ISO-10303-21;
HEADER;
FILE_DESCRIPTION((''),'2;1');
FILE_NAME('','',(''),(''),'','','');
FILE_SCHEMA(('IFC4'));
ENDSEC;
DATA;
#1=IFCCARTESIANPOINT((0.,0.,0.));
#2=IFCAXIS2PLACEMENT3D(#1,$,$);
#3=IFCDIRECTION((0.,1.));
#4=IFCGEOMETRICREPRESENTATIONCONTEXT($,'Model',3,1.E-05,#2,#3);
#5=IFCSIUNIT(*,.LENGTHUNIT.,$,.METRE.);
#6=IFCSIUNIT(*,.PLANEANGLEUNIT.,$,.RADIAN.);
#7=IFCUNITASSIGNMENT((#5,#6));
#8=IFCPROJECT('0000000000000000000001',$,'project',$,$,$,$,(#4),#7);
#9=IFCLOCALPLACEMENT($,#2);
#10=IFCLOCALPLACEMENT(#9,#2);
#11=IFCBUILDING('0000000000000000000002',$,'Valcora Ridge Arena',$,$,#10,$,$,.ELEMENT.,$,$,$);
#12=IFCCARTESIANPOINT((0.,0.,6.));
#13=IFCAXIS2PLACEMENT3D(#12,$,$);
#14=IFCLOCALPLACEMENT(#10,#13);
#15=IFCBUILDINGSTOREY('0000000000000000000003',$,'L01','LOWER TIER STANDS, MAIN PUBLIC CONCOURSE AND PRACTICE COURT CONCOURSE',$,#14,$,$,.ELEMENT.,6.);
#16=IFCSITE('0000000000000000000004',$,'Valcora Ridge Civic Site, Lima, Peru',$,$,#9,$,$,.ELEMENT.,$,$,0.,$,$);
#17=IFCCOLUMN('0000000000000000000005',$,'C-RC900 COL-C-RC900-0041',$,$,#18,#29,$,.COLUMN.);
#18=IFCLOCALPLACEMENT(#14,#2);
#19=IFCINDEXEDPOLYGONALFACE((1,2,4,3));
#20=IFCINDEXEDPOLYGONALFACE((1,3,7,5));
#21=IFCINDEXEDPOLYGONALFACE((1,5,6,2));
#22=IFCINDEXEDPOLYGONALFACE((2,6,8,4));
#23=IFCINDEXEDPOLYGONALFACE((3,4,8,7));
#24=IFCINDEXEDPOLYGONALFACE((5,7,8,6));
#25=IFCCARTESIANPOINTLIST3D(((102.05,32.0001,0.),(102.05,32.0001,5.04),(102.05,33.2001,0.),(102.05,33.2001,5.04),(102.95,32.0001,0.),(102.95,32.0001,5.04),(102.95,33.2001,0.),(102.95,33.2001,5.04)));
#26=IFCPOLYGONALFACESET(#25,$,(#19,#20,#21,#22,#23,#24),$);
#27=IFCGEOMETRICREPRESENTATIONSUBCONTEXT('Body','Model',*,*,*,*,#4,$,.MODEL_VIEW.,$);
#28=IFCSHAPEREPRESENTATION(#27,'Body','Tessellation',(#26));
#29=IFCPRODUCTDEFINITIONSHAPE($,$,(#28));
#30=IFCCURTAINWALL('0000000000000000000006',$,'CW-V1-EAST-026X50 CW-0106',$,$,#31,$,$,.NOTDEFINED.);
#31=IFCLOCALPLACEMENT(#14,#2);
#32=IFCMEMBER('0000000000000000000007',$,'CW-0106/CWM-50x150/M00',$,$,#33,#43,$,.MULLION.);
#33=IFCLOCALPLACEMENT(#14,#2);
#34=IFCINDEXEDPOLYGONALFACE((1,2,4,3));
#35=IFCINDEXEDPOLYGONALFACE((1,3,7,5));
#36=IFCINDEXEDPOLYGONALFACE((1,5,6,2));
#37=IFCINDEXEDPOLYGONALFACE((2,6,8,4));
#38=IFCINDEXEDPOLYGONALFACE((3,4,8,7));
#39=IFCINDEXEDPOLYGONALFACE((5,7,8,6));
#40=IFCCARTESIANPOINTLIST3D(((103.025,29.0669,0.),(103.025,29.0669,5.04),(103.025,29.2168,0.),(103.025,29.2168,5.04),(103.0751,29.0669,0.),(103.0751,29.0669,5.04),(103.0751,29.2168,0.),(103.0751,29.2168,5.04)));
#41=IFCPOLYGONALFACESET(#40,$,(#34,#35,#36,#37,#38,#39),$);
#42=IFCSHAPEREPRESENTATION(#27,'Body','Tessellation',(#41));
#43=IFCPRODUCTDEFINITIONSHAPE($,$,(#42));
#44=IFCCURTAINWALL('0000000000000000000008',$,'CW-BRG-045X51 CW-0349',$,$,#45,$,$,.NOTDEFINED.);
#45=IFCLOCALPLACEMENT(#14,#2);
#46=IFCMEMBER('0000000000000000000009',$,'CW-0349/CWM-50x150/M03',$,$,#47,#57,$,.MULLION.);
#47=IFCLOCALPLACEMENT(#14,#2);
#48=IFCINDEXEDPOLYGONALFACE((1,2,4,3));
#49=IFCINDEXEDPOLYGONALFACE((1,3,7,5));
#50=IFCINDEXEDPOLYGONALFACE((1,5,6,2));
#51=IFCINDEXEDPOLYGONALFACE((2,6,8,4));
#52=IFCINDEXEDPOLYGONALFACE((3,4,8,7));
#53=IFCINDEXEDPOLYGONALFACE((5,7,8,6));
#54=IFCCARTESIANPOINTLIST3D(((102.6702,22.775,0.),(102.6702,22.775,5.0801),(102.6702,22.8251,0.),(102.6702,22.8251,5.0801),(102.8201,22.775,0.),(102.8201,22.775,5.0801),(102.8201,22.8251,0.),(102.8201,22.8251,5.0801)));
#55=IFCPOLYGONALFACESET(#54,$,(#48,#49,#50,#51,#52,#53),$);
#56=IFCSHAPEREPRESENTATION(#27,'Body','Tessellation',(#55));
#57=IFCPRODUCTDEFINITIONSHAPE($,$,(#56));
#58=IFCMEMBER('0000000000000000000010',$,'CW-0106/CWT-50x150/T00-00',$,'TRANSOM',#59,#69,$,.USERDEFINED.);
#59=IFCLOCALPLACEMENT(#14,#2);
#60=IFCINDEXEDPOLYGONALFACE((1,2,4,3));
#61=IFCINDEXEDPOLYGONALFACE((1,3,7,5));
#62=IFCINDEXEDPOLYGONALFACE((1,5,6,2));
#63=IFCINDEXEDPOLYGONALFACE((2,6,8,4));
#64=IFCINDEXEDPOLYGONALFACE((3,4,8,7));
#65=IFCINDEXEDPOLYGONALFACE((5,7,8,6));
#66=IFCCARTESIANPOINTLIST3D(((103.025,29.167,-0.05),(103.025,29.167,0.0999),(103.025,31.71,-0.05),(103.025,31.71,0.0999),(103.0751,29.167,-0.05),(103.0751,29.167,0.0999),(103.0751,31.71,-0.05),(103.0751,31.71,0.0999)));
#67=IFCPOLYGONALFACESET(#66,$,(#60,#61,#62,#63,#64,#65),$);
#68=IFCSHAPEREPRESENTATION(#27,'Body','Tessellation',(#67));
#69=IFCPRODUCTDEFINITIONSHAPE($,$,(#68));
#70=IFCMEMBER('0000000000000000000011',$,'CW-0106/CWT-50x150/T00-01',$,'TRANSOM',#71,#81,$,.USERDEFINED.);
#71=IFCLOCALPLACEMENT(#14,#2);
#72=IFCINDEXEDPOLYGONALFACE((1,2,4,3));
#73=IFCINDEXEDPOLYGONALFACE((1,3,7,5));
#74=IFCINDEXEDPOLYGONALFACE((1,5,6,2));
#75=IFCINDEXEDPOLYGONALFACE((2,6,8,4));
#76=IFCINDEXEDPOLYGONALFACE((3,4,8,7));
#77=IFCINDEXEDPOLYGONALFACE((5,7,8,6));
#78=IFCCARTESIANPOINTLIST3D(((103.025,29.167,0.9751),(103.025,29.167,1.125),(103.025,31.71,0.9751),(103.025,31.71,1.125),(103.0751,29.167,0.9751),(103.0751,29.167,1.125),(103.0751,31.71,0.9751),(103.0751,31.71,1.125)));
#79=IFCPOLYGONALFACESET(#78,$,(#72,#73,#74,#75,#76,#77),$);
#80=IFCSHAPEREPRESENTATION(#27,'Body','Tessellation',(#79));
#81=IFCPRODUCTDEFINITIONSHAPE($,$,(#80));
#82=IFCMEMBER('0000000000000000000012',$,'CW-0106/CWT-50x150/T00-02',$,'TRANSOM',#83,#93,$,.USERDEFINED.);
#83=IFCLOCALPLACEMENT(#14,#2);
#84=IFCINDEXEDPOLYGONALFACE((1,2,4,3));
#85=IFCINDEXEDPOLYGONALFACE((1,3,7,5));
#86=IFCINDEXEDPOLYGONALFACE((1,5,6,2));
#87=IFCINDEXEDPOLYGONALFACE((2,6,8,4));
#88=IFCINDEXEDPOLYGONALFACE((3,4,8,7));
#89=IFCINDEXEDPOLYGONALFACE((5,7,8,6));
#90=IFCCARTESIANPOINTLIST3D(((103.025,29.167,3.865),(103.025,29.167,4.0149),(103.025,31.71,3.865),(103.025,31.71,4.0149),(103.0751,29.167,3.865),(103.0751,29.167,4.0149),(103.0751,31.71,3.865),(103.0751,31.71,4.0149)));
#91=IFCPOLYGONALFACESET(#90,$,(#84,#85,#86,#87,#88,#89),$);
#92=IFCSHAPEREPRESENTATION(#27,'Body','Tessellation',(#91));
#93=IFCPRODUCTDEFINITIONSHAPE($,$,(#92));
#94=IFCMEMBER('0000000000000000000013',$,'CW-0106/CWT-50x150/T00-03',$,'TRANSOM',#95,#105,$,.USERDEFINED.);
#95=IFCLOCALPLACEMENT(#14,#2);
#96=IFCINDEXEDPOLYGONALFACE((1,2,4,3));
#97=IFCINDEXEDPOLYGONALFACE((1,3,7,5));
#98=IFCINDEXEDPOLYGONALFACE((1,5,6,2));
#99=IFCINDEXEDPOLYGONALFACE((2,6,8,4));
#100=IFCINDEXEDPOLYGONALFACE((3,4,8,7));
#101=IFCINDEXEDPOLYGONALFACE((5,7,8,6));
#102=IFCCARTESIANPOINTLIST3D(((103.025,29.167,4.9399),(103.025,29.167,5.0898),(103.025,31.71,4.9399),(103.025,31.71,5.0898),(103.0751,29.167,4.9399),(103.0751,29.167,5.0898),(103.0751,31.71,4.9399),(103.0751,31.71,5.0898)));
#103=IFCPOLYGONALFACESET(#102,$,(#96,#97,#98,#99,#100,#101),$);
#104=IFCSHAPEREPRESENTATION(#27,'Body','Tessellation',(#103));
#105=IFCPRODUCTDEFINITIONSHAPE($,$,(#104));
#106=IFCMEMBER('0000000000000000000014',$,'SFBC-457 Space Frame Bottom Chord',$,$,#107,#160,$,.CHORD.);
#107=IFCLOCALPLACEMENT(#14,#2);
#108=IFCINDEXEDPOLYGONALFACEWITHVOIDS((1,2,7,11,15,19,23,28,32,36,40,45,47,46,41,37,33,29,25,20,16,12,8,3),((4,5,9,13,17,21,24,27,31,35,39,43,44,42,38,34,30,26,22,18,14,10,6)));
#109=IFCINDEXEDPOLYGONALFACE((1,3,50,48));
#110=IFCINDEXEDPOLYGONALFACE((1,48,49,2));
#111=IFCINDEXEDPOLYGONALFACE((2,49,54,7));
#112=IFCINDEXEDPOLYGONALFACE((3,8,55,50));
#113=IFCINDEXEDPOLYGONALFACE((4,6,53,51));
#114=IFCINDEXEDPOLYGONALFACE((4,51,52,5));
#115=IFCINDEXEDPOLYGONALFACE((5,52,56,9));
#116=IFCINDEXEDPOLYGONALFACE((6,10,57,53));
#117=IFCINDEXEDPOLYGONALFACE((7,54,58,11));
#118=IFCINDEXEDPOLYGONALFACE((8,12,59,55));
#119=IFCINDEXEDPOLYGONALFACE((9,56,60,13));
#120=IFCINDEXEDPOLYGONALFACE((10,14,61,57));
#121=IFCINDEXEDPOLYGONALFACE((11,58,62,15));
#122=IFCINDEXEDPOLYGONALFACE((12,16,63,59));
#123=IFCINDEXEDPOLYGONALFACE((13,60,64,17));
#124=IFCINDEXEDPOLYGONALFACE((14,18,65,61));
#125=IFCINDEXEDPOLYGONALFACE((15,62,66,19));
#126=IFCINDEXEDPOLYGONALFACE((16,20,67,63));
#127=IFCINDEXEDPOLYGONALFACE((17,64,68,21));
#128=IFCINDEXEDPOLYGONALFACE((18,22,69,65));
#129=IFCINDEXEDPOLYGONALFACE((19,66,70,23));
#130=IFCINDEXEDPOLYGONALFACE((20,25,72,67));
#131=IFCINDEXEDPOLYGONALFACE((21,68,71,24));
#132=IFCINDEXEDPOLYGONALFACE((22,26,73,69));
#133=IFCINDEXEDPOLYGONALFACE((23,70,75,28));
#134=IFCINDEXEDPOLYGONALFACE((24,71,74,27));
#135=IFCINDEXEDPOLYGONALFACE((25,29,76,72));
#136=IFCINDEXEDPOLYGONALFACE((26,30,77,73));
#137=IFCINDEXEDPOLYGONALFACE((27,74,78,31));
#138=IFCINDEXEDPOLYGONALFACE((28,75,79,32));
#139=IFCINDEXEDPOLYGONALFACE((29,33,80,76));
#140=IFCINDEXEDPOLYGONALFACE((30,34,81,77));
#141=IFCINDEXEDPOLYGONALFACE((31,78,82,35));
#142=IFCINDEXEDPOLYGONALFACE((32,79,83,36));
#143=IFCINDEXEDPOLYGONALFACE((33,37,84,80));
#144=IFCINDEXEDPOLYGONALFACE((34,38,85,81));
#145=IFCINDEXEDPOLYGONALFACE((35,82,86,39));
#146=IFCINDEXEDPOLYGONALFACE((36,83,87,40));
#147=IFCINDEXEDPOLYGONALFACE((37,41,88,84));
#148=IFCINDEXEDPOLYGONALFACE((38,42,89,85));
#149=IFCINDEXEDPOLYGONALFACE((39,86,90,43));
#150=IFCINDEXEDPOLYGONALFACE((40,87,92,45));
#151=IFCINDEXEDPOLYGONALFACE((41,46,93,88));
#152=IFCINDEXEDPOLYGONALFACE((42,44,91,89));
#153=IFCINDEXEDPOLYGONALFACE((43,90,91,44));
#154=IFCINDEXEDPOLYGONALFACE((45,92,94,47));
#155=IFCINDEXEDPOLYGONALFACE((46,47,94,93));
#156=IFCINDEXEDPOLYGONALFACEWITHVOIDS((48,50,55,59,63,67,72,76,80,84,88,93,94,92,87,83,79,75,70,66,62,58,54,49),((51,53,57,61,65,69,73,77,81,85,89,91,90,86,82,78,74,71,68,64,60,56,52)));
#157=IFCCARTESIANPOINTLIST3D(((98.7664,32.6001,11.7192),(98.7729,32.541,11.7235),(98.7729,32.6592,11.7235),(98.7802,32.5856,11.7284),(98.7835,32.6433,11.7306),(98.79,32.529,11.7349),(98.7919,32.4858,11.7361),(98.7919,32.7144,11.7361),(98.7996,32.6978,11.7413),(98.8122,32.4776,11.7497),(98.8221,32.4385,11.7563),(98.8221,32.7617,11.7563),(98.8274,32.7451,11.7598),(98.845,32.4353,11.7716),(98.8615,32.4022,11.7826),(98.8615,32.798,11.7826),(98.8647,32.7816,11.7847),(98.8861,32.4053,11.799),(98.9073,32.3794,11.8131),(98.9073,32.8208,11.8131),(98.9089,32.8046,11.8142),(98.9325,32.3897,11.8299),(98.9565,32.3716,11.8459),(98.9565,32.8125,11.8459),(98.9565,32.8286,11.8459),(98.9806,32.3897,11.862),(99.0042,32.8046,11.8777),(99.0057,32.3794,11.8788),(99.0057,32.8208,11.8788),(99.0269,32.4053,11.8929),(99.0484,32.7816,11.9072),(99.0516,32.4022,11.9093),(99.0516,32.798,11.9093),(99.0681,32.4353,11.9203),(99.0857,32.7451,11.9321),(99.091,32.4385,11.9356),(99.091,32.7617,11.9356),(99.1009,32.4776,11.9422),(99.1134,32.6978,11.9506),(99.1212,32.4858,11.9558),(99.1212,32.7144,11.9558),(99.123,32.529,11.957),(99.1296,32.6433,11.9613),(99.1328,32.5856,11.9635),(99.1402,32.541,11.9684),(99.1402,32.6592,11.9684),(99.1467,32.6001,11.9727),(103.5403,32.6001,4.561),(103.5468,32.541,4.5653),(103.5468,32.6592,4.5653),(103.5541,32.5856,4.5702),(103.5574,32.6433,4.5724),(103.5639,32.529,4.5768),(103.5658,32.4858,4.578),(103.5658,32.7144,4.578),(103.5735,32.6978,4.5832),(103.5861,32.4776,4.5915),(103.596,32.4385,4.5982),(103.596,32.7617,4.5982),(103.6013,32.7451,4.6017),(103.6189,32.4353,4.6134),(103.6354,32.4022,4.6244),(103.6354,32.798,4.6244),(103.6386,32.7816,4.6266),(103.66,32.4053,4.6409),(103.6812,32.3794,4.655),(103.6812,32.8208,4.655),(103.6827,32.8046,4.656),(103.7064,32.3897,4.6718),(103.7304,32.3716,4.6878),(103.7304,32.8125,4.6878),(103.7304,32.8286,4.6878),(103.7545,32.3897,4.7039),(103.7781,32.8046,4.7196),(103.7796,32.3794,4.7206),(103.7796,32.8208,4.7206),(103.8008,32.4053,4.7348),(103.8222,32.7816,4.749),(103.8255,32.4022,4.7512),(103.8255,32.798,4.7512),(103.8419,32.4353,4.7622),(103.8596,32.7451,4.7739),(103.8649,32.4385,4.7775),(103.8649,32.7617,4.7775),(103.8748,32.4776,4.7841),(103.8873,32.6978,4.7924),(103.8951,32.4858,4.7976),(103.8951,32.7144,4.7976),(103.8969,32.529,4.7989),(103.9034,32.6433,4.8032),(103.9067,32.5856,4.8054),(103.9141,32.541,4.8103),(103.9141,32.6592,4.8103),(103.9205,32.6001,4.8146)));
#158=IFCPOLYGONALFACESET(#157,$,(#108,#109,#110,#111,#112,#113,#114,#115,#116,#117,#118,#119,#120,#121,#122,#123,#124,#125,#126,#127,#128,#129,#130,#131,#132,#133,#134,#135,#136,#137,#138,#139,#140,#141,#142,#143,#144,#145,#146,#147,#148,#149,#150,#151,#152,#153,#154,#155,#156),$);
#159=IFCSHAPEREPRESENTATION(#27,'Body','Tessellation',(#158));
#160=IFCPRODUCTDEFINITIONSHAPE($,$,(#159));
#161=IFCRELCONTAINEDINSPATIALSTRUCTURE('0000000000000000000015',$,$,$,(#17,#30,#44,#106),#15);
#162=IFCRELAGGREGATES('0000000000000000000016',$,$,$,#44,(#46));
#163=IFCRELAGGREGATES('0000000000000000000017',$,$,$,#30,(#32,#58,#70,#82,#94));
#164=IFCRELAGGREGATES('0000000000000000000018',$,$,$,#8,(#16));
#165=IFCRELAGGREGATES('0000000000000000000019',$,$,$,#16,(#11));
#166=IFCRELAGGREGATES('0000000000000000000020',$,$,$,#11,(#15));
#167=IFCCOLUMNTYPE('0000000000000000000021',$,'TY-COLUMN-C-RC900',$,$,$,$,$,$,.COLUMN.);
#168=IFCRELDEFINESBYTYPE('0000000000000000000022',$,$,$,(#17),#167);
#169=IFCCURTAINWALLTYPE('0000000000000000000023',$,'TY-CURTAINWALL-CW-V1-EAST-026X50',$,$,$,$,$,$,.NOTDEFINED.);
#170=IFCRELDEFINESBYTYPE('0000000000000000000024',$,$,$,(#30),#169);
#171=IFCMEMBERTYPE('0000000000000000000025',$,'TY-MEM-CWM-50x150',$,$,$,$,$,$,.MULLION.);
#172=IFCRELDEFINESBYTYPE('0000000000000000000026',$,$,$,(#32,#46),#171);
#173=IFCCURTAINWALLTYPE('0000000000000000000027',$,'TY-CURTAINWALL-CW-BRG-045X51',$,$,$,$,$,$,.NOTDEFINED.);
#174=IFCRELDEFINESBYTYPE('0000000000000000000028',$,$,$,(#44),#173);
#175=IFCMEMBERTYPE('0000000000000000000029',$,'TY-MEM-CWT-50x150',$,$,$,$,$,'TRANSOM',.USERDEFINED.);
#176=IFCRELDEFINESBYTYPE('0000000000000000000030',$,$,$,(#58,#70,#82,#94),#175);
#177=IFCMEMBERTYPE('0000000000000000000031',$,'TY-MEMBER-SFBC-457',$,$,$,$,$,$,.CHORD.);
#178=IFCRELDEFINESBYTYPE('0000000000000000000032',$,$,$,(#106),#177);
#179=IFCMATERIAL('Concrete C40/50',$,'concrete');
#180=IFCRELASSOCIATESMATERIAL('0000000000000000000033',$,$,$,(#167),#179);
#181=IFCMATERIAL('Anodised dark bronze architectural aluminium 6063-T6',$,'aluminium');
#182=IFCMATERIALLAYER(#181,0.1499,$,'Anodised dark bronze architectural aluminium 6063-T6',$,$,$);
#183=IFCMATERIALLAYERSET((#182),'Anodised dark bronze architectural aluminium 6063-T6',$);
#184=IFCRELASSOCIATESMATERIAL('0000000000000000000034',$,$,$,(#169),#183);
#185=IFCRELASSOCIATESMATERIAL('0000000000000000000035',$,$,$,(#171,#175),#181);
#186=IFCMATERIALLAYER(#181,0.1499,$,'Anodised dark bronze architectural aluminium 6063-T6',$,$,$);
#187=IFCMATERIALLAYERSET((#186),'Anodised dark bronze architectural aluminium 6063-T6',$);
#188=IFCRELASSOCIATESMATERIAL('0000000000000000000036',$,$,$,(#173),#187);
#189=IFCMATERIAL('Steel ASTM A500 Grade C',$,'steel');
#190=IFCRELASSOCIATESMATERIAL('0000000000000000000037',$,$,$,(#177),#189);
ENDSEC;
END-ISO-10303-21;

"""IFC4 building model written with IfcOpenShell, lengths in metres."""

from ifc_helpers import new_model, si_unit, direction, frame, origin, origin_2d, place, context, subcontext, project, spatial, rectangle, hollow_circle, extrude, material, layer, layer_set, material_profile, profile_set, type_object, element, aggregate, save


model = new_model("IFC4")

# Units and contexts
model_context = context("Model", 3, precision=1e-05, world=origin(), true_north=direction((0.0, 1.0)))
body_context = subcontext(model_context, "Body", "Model", "MODEL_VIEW")
ifc_project = project(units=[si_unit("LENGTHUNIT", "METRE"), si_unit("PLANEANGLEUNIT", "RADIAN")], contexts=[model_context])

# Site, building, storey
site_placement = place(None, origin())
site = spatial("IfcSite", under=ifc_project, at=site_placement, Name="Valcora Ridge Civic Site, Lima, Peru", CompositionType="ELEMENT", RefElevation=0.0)
building_placement = place(site_placement, origin())
building = spatial("IfcBuilding", under=site, at=building_placement, Name="Valcora Ridge Arena", CompositionType="ELEMENT")
storey_placement = place(building_placement, frame((0.0, 0.0, 6.0)))
storey = spatial("IfcBuildingStorey", under=building, at=storey_placement, Name="L01", Description="LOWER TIER STANDS, MAIN PUBLIC CONCOURSE AND PRACTICE COURT CONCOURSE", CompositionType="ELEMENT", Elevation=6.0)

# Column
ifc_material_1 = material(Name="Concrete C40/50", Category="concrete")
ifc_material_profile_1 = material_profile(ifc_material_1, rectangle(XDim=0.8999, YDim=1.2, at=origin_2d()), Name="RC 900x1200")
ifc_profile_set_1 = profile_set([ifc_material_profile_1], Name="Concrete C40/50")
column_type = type_object("IfcColumnType", Name="TY-COLUMN-C-RC900", PredefinedType="COLUMN", material=ifc_profile_set_1)
column_placement = place(storey_placement, frame((102.5, 32.6001, 0.0), z_axis=(0.0, 0.0, 1.0), x_axis=(1.0, 0.0, 0.0)))
element("IfcColumn", 1, at=column_placement, inside=storey, type_object=column_type, Name="C-RC900 COL-C-RC900-0041", PredefinedType="COLUMN", context=body_context, shape_type="SweptSolid", body=[
    extrude(rectangle(XDim=0.8999, YDim=1.2, at=origin_2d()), origin(), (0.0, 0.0, 1.0), 5.04),
])

# Curtain walls, members
ifc_material_2 = material(Name="Anodised dark bronze architectural aluminium 6063-T6", Category="aluminium")
ifc_layer_1 = layer(ifc_material_2, 0.1499, Name="Anodised dark bronze architectural aluminium 6063-T6")
ifc_layer_set_1 = layer_set([ifc_layer_1], Name="Anodised dark bronze architectural aluminium 6063-T6")
curtain_wall_type_1 = type_object("IfcCurtainWallType", Name="TY-CURTAINWALL-CW-V1-EAST-026X50", PredefinedType="NOTDEFINED", material=ifc_layer_set_1)
curtain_wall_1_placement = place(storey_placement, origin())
curtain_wall_1 = element("IfcCurtainWall", 2, at=curtain_wall_1_placement, inside=storey, type_object=curtain_wall_type_1, Name="CW-V1-EAST-026X50 CW-0106", PredefinedType="NOTDEFINED")
ifc_material_profile_2 = material_profile(ifc_material_2, rectangle(XDim=0.05, YDim=0.1499, at=origin_2d()), Name="ALU MULLION 50x150")
ifc_profile_set_2 = profile_set([ifc_material_profile_2], Name="Anodised dark bronze architectural aluminium 6063-T6")
member_type_1 = type_object("IfcMemberType", Name="TY-MEM-CWM-50x150", PredefinedType="MULLION", material=ifc_profile_set_2)
member_1_placement = place(storey_placement, frame((103.05, 29.1418, 0.0), z_axis=(0.0, 0.0, 1.0), x_axis=(-1.0, 0.0, 0.0)))
member_1 = element("IfcMember", 3, at=member_1_placement, type_object=member_type_1, Name="CW-0106/CWM-50x150/M00", PredefinedType="MULLION", context=body_context, shape_type="SweptSolid", body=[
    extrude(rectangle(XDim=0.05, YDim=0.1499, at=origin_2d()), origin(), (0.0, 0.0, 1.0), 5.04),
])
ifc_layer_2 = layer(ifc_material_2, 0.1499, Name="Anodised dark bronze architectural aluminium 6063-T6")
ifc_layer_set_2 = layer_set([ifc_layer_2], Name="Anodised dark bronze architectural aluminium 6063-T6")
curtain_wall_type_2 = type_object("IfcCurtainWallType", Name="TY-CURTAINWALL-CW-BRG-045X51", PredefinedType="NOTDEFINED", material=ifc_layer_set_2)
curtain_wall_2_placement = place(storey_placement, origin())
curtain_wall_2 = element("IfcCurtainWall", 4, at=curtain_wall_2_placement, inside=storey, type_object=curtain_wall_type_2, Name="CW-BRG-045X51 CW-0349", PredefinedType="NOTDEFINED")
member_2_placement = place(storey_placement, frame((102.7451, 22.8, 0.0), z_axis=(0.0, 0.0, 1.0), x_axis=(0.0, 1.0, 0.0)))
member_2 = element("IfcMember", 5, at=member_2_placement, type_object=member_type_1, Name="CW-0349/CWM-50x150/M03", PredefinedType="MULLION", context=body_context, shape_type="SweptSolid", body=[
    extrude(rectangle(XDim=0.05, YDim=0.1499, at=origin_2d()), origin(), (0.0, 0.0, 1.0), 5.0801),
])

# Members
ifc_material_profile_3 = material_profile(ifc_material_2, rectangle(XDim=0.05, YDim=0.1499, at=origin_2d()), Name="ALU TRANSOM 50x150")
ifc_profile_set_3 = profile_set([ifc_material_profile_3], Name="Anodised dark bronze architectural aluminium 6063-T6")
member_type_2 = type_object("IfcMemberType", Name="TY-MEM-CWT-50x150", ElementType="TRANSOM", PredefinedType="USERDEFINED", material=ifc_profile_set_3)
member_3_placement = place(storey_placement, frame((103.05, 29.167, 0.0249), z_axis=(0.0, 1.0, 0.0), x_axis=(-1.0, 0.0, 0.0)))
member_3 = element("IfcMember", 6, at=member_3_placement, type_object=member_type_2, Name="CW-0106/CWT-50x150/T00-00", ObjectType="TRANSOM", PredefinedType="USERDEFINED", context=body_context, shape_type="SweptSolid", body=[
    extrude(rectangle(XDim=0.05, YDim=0.1499, at=origin_2d()), origin(), (0.0, 0.0, 1.0), 2.543),
])
member_4_placement = place(storey_placement, frame((103.05, 29.167, 1.05), z_axis=(0.0, 1.0, 0.0), x_axis=(-1.0, 0.0, 0.0)))
member_4 = element("IfcMember", 7, at=member_4_placement, type_object=member_type_2, Name="CW-0106/CWT-50x150/T00-01", ObjectType="TRANSOM", PredefinedType="USERDEFINED", context=body_context, shape_type="SweptSolid", body=[
    extrude(rectangle(XDim=0.05, YDim=0.1499, at=origin_2d()), origin(), (0.0, 0.0, 1.0), 2.543),
])
member_5_placement = place(storey_placement, frame((103.05, 29.167, 3.9399), z_axis=(0.0, 1.0, 0.0), x_axis=(-1.0, 0.0, 0.0)))
member_5 = element("IfcMember", 8, at=member_5_placement, type_object=member_type_2, Name="CW-0106/CWT-50x150/T00-02", ObjectType="TRANSOM", PredefinedType="USERDEFINED", context=body_context, shape_type="SweptSolid", body=[
    extrude(rectangle(XDim=0.05, YDim=0.1499, at=origin_2d()), origin(), (0.0, 0.0, 1.0), 2.543),
])
member_6_placement = place(storey_placement, frame((103.05, 29.167, 5.0149), z_axis=(0.0, 1.0, 0.0), x_axis=(-1.0, 0.0, 0.0)))
member_6 = element("IfcMember", 9, at=member_6_placement, type_object=member_type_2, Name="CW-0106/CWT-50x150/T00-03", ObjectType="TRANSOM", PredefinedType="USERDEFINED", context=body_context, shape_type="SweptSolid", body=[
    extrude(rectangle(XDim=0.05, YDim=0.1499, at=origin_2d()), origin(), (0.0, 0.0, 1.0), 2.543),
])

# Member
ifc_material_3 = material(Name="Steel ASTM A500 Grade C", Category="steel")
ifc_material_profile_4 = material_profile(ifc_material_3, hollow_circle(Radius=0.2285, WallThickness=0.0161, at=origin_2d()), Name="CHS457X16")
ifc_profile_set_4 = profile_set([ifc_material_profile_4], Name="Steel ASTM A500 Grade C")
member_type_3 = type_object("IfcMemberType", Name="TY-MEMBER-SFBC-457", PredefinedType="CHORD", material=ifc_profile_set_4)
member_7_placement = place(storey_placement, frame((98.9565, 32.6001, 11.8459), z_axis=(0.554844, 0.0, -0.831954), x_axis=(0.0, 1.0, 0.0)))
element("IfcMember", 10, at=member_7_placement, inside=storey, type_object=member_type_3, Name="SFBC-457 Space Frame Bottom Chord", PredefinedType="CHORD", context=body_context, shape_type="SweptSolid", body=[
    extrude(hollow_circle(Radius=0.2285, WallThickness=0.0161, at=origin_2d()), origin(), (0.0, 0.0, 1.0), 8.604),
])

aggregate(curtain_wall_2, [member_2])
aggregate(curtain_wall_1, [member_1, member_3, member_4, member_5, member_6])

save(model, "model.ifc")
